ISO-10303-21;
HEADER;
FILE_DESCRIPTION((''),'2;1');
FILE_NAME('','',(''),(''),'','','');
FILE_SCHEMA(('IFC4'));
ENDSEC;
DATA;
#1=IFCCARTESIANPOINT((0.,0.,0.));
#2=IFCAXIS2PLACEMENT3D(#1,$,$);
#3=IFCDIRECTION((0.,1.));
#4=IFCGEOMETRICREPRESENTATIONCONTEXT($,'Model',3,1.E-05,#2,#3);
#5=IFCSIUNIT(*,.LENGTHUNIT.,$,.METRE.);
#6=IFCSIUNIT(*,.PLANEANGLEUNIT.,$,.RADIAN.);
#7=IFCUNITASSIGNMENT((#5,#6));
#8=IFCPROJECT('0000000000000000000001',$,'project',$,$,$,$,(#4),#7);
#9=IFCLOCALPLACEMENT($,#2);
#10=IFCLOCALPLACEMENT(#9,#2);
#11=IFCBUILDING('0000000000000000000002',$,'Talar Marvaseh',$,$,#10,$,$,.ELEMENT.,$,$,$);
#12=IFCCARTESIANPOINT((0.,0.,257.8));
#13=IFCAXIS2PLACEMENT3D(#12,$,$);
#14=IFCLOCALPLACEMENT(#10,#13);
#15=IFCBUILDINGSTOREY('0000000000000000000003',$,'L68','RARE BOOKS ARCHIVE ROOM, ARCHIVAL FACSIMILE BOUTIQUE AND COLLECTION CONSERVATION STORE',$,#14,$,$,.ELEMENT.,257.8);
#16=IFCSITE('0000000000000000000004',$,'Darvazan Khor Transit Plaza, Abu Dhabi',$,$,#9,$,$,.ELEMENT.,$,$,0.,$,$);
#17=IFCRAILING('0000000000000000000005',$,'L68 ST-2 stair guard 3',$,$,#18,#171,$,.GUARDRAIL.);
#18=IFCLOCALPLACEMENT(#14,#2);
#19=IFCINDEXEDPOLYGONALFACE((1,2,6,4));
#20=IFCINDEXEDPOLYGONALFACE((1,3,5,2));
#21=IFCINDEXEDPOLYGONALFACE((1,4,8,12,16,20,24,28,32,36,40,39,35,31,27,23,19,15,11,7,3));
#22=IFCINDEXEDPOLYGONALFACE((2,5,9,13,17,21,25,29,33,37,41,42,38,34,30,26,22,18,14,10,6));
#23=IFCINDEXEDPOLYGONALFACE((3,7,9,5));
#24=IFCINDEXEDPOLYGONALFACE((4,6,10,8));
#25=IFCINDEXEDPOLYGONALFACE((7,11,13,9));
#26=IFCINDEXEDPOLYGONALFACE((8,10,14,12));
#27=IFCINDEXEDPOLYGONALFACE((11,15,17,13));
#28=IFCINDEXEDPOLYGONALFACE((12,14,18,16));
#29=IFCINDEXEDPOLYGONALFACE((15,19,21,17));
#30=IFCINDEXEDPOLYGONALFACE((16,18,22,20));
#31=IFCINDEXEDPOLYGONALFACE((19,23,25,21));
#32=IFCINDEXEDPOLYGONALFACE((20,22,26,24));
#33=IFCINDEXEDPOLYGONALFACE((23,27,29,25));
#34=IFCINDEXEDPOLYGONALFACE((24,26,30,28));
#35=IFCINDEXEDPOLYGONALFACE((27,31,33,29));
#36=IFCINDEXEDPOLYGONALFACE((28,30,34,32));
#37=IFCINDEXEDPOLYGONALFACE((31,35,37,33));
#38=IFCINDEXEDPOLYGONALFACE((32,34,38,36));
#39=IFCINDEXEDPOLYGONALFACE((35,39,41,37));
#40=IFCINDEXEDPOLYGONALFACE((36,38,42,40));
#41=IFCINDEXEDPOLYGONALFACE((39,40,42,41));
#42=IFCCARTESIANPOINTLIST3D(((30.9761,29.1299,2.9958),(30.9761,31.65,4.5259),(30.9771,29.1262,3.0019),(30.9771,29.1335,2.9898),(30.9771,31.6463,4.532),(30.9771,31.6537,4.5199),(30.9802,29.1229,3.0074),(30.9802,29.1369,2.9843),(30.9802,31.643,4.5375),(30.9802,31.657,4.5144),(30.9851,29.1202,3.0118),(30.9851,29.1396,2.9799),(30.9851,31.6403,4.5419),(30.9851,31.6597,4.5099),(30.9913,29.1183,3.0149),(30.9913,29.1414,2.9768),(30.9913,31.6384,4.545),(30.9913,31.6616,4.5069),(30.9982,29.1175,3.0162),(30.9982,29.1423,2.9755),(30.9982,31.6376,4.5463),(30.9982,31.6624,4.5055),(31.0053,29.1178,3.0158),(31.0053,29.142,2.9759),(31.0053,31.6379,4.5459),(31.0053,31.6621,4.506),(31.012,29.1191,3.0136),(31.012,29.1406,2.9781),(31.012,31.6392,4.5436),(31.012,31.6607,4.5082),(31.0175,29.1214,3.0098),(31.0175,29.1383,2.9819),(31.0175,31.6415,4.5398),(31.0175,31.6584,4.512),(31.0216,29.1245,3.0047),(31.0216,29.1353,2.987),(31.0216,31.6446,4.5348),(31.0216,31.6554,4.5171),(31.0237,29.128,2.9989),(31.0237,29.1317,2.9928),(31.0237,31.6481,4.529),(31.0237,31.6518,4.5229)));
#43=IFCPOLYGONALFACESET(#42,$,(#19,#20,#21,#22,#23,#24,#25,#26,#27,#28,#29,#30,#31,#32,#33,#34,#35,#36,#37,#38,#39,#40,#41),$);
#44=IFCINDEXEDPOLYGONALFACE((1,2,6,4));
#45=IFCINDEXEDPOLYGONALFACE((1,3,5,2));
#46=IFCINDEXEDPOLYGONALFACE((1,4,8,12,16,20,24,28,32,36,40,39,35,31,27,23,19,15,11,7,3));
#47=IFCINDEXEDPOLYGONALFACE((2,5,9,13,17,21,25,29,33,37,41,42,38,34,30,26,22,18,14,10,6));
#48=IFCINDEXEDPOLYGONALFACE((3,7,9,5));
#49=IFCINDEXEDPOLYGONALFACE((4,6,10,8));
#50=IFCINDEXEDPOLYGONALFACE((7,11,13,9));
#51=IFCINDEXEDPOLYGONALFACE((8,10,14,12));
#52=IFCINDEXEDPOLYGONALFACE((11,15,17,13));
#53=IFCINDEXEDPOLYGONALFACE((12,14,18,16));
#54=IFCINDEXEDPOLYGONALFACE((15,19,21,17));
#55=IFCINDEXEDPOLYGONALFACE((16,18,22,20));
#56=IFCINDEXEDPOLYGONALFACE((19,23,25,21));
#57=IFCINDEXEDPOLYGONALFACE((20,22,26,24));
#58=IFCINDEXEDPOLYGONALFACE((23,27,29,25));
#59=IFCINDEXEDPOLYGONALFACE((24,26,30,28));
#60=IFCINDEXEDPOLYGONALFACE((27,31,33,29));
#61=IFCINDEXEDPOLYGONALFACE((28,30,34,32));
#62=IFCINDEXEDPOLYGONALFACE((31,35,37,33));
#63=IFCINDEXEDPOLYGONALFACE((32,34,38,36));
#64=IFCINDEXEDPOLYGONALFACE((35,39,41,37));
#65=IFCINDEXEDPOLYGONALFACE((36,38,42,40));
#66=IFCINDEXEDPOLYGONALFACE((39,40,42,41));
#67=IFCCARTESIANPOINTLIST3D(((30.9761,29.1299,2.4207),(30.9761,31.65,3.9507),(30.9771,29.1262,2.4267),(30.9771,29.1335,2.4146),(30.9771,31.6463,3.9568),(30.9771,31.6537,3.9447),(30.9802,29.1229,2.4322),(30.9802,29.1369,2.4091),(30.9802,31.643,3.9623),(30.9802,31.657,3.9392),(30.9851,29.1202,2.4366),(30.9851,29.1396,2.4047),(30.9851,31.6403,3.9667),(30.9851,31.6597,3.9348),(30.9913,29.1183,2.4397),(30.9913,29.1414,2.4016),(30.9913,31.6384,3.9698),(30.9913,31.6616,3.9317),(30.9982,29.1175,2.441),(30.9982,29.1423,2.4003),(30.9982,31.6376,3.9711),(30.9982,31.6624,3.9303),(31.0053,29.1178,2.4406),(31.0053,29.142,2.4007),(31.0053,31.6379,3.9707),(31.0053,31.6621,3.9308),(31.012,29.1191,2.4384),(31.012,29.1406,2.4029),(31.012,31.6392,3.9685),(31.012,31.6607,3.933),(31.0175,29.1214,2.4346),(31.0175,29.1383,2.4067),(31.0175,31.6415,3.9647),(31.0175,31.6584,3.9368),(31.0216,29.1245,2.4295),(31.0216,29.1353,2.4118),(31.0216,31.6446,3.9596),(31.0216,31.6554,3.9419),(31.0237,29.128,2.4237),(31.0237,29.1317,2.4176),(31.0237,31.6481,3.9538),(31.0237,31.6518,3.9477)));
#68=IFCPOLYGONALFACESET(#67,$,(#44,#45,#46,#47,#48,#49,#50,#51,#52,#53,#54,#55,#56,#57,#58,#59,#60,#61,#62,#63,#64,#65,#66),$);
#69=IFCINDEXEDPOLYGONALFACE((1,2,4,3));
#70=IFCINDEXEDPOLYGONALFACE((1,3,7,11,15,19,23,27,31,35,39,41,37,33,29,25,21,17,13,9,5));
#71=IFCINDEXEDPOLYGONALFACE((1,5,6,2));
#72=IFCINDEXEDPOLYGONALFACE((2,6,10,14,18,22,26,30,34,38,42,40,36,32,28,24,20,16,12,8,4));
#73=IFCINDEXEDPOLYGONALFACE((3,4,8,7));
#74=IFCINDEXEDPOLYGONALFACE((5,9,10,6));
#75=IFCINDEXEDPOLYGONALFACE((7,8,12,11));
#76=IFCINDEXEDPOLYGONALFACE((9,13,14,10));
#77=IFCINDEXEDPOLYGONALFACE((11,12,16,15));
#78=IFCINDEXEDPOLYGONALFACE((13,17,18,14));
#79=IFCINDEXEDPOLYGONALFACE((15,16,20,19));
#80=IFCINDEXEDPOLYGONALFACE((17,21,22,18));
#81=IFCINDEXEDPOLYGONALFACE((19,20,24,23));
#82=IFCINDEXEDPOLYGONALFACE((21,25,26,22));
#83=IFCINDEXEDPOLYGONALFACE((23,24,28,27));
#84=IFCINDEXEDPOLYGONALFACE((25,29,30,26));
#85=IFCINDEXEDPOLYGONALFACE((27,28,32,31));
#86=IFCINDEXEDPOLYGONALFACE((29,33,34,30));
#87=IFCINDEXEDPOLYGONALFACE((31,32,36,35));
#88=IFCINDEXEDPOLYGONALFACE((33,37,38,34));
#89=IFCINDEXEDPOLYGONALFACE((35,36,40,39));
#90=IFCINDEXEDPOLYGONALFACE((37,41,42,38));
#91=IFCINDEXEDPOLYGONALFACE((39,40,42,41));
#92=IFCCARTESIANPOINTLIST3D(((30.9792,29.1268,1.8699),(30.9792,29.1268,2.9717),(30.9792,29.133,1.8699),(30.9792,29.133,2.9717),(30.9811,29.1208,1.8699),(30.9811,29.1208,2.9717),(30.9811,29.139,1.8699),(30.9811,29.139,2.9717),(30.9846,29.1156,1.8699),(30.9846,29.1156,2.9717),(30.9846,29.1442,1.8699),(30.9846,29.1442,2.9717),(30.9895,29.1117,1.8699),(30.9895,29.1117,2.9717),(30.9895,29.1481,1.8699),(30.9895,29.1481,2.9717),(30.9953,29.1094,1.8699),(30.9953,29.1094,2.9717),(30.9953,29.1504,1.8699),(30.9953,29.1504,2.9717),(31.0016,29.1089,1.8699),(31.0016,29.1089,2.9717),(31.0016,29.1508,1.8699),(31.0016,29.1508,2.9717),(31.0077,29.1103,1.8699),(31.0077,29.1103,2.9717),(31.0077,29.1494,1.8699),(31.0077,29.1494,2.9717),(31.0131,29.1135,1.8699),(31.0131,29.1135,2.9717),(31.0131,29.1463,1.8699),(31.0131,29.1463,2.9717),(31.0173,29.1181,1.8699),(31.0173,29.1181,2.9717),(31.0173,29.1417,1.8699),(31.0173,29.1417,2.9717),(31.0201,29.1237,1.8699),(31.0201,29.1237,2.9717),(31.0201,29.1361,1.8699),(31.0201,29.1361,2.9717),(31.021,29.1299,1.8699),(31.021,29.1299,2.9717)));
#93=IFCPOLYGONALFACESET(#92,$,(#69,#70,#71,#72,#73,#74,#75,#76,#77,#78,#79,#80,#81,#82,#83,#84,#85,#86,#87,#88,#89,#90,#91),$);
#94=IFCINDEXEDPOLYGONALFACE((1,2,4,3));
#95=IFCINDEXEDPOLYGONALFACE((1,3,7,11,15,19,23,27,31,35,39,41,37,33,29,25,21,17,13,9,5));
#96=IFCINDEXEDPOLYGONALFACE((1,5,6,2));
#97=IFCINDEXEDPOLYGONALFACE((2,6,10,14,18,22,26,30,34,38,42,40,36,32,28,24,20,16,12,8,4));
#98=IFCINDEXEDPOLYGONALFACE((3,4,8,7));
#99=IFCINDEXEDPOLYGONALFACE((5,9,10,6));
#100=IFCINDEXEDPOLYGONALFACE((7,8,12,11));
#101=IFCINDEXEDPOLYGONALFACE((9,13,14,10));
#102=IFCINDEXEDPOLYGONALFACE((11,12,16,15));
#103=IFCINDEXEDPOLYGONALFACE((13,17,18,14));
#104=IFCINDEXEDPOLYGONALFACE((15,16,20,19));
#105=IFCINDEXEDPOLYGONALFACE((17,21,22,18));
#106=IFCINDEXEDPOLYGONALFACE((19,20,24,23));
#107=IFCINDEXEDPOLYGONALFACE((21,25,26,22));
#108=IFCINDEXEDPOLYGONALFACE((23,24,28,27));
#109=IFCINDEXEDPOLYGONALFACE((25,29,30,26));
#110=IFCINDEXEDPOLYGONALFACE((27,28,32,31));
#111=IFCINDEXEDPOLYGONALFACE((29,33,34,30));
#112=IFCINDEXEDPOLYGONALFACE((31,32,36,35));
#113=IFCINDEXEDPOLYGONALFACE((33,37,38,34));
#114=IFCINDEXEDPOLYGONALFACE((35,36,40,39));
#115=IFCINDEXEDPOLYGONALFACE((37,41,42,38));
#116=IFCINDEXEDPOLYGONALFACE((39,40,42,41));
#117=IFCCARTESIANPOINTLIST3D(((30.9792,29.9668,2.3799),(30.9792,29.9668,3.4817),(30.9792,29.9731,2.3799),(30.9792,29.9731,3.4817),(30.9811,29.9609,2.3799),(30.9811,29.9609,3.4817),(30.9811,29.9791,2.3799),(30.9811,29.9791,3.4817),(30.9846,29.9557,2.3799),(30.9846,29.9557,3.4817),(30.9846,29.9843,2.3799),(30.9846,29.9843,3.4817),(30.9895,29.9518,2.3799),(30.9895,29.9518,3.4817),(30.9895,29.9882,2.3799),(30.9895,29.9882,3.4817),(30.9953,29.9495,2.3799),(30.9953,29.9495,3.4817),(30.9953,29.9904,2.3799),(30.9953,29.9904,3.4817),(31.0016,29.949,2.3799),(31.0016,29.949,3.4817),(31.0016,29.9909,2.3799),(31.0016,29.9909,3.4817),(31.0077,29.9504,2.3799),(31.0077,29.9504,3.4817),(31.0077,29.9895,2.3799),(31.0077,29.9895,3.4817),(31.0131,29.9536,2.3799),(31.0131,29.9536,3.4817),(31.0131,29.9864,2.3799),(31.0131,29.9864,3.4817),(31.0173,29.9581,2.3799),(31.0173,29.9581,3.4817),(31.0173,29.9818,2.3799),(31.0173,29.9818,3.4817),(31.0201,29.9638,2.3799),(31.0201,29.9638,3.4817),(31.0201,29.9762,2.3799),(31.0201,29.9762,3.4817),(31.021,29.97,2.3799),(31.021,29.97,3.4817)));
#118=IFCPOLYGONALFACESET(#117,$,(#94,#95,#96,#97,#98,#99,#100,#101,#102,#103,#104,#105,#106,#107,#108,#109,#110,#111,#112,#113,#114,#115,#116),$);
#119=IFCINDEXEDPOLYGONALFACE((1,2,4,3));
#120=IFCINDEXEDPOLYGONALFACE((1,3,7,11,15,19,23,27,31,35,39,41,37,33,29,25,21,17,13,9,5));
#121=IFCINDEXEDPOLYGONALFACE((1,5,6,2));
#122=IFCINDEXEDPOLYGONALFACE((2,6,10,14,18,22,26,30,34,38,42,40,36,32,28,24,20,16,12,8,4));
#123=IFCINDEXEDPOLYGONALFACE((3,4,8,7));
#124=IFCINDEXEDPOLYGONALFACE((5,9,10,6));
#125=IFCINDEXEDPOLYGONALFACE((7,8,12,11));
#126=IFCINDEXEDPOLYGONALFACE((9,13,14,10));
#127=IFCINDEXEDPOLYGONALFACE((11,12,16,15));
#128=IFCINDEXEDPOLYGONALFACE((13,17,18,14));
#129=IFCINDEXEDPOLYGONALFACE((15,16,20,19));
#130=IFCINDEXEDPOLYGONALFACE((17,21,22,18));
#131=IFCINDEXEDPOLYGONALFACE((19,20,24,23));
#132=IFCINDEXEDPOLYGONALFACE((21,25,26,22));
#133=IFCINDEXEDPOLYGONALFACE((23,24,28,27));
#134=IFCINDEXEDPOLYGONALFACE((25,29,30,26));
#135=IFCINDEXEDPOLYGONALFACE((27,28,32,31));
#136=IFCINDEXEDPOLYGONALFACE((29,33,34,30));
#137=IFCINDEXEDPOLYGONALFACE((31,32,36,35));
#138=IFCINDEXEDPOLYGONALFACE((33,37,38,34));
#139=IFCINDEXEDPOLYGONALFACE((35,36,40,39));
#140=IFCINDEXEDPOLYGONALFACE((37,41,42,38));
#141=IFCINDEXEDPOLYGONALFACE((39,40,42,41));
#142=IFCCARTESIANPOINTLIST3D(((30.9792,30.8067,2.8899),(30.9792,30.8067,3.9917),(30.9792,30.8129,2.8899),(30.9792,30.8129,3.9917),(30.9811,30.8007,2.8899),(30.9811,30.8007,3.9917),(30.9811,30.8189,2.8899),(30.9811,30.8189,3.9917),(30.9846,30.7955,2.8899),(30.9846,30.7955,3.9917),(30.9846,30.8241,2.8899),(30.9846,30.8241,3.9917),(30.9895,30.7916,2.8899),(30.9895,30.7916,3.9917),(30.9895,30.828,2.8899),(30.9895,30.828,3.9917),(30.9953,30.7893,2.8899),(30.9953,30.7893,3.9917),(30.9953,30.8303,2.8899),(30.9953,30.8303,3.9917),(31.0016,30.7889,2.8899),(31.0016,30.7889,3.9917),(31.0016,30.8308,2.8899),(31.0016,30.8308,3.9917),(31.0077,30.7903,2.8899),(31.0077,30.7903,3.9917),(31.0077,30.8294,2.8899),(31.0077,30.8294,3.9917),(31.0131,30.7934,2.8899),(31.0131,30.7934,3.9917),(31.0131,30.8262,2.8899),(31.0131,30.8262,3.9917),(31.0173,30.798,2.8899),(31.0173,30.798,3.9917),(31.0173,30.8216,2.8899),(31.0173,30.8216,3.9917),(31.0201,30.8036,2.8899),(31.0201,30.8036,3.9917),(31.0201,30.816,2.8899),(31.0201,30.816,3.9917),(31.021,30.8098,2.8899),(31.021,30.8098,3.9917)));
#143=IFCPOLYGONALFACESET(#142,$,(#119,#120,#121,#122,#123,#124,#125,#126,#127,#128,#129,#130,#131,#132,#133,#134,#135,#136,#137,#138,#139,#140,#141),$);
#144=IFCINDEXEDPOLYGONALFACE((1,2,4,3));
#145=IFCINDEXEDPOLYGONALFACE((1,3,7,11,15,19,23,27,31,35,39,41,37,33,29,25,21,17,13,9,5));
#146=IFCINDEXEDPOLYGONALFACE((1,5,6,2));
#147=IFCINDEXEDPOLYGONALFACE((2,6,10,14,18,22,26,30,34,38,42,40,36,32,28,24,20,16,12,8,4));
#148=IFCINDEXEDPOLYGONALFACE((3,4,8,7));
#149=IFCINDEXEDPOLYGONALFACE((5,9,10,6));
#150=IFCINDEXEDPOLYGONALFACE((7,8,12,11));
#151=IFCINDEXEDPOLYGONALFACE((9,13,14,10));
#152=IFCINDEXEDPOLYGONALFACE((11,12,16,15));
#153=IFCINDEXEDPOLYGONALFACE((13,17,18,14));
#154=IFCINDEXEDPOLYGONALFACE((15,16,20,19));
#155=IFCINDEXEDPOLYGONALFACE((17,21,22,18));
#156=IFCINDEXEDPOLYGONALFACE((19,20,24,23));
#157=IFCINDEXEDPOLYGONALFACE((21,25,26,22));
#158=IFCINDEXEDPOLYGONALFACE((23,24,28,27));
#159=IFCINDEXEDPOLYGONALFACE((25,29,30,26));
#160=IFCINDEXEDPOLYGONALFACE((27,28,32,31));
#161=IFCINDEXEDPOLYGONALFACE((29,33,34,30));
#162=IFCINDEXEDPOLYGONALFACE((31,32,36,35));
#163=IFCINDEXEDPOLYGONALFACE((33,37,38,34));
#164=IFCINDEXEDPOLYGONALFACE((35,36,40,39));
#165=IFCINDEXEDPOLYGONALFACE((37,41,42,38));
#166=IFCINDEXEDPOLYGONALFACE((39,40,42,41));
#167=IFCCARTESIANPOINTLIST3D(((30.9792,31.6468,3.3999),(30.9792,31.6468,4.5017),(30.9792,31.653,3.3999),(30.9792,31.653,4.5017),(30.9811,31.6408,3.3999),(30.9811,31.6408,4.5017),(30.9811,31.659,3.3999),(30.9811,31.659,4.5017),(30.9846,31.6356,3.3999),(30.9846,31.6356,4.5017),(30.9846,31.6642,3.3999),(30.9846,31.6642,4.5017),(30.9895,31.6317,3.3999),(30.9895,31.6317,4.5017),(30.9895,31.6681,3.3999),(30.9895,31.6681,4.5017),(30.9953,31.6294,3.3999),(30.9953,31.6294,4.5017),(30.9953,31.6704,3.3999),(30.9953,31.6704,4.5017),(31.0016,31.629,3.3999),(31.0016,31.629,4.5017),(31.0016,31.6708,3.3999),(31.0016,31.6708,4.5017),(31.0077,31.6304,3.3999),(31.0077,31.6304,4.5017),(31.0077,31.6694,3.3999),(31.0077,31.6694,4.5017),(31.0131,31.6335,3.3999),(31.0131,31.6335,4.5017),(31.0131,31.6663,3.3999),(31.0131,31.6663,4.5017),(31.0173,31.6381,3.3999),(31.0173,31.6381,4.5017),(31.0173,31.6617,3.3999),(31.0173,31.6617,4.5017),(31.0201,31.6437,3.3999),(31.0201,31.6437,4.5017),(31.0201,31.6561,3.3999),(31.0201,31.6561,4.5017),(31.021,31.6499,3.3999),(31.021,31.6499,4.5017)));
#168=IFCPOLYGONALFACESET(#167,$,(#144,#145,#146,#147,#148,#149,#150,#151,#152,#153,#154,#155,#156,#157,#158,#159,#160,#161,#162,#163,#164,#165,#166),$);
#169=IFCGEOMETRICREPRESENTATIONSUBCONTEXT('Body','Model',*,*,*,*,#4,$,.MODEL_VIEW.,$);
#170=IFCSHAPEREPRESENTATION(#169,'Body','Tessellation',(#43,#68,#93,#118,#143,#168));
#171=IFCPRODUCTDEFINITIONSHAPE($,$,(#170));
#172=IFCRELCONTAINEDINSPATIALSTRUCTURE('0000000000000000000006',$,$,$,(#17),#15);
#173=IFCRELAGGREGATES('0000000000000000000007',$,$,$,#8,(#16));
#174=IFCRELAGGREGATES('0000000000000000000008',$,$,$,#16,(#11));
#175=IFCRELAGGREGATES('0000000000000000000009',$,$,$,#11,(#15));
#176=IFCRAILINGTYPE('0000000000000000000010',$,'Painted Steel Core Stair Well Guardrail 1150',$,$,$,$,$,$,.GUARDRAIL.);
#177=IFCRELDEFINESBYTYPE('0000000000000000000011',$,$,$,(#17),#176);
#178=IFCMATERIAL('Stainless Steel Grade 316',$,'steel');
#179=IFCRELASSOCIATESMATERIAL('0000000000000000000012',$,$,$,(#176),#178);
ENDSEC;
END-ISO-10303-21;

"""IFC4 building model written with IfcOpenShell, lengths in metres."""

from ifc_helpers import new_model, si_unit, direction, frame, origin, origin_2d, place, context, subcontext, project, spatial, circle, extrude, material, type_object, element, save


model = new_model("IFC4")

# Units and contexts
model_context = context("Model", 3, precision=1e-05, world=origin(), true_north=direction((0.0, 1.0)))
body_context = subcontext(model_context, "Body", "Model", "MODEL_VIEW")
ifc_project = project(units=[si_unit("LENGTHUNIT", "METRE"), si_unit("PLANEANGLEUNIT", "RADIAN")], contexts=[model_context])

# Site, building, storey
site_placement = place(None, origin())
site = spatial("IfcSite", under=ifc_project, at=site_placement, Name="Darvazan Khor Transit Plaza, Abu Dhabi", CompositionType="ELEMENT", RefElevation=0.0)
building_placement = place(site_placement, origin())
building = spatial("IfcBuilding", under=site, at=building_placement, Name="Talar Marvaseh", CompositionType="ELEMENT")
storey_placement = place(building_placement, frame((0.0, 0.0, 257.8)))
storey = spatial("IfcBuildingStorey", under=building, at=storey_placement, Name="L68", Description="RARE BOOKS ARCHIVE ROOM, ARCHIVAL FACSIMILE BOUTIQUE AND COLLECTION CONSERVATION STORE", CompositionType="ELEMENT", Elevation=257.8)

# Shared definitions
ifc_material_1 = material(Name="Stainless Steel Grade 316", Category="steel")

# Railing
railing_type_1 = type_object("IfcRailingType", Name="Painted Steel Core Stair Well Guardrail 1150", PredefinedType="GUARDRAIL", material=ifc_material_1)
railing_1_placement = place(storey_placement, frame((31.0, 29.1299, 1.8699)))
element("IfcRailing", 1, at=railing_1_placement, inside=storey, type_object=railing_type_1, Name="L68 ST-2 stair guard 3", PredefinedType="GUARDRAIL", context=body_context, shape_type="SweptSolid", body=[
    extrude(circle(Radius=0.0239, at=origin_2d()), frame((0.0, 0.0, 1.126), z_axis=(0.0, 0.854785, 0.518982), x_axis=(-1.0, 0.0, 0.0)), (0.0, 0.0, 1.0), 2.9482),
    extrude(circle(Radius=0.0239, at=origin_2d()), frame((0.0, 0.0, 0.5508), z_axis=(0.0, 0.854785, 0.518982), x_axis=(-1.0, 0.0, 0.0)), (0.0, 0.0, 1.0), 2.9482),
    extrude(circle(Radius=0.021, at=origin_2d()), origin(), (0.0, 0.0, 1.0), 1.1018),
    extrude(circle(Radius=0.021, at=origin_2d()), frame((0.0, 0.8401, 0.51)), (0.0, 0.0, 1.0), 1.1018),
    extrude(circle(Radius=0.021, at=origin_2d()), frame((0.0, 1.6799, 1.02)), (0.0, 0.0, 1.0), 1.1018),
    extrude(circle(Radius=0.021, at=origin_2d()), frame((0.0, 2.52, 1.53)), (0.0, 0.0, 1.0), 1.1018),
])

save(model, "model.ifc")
